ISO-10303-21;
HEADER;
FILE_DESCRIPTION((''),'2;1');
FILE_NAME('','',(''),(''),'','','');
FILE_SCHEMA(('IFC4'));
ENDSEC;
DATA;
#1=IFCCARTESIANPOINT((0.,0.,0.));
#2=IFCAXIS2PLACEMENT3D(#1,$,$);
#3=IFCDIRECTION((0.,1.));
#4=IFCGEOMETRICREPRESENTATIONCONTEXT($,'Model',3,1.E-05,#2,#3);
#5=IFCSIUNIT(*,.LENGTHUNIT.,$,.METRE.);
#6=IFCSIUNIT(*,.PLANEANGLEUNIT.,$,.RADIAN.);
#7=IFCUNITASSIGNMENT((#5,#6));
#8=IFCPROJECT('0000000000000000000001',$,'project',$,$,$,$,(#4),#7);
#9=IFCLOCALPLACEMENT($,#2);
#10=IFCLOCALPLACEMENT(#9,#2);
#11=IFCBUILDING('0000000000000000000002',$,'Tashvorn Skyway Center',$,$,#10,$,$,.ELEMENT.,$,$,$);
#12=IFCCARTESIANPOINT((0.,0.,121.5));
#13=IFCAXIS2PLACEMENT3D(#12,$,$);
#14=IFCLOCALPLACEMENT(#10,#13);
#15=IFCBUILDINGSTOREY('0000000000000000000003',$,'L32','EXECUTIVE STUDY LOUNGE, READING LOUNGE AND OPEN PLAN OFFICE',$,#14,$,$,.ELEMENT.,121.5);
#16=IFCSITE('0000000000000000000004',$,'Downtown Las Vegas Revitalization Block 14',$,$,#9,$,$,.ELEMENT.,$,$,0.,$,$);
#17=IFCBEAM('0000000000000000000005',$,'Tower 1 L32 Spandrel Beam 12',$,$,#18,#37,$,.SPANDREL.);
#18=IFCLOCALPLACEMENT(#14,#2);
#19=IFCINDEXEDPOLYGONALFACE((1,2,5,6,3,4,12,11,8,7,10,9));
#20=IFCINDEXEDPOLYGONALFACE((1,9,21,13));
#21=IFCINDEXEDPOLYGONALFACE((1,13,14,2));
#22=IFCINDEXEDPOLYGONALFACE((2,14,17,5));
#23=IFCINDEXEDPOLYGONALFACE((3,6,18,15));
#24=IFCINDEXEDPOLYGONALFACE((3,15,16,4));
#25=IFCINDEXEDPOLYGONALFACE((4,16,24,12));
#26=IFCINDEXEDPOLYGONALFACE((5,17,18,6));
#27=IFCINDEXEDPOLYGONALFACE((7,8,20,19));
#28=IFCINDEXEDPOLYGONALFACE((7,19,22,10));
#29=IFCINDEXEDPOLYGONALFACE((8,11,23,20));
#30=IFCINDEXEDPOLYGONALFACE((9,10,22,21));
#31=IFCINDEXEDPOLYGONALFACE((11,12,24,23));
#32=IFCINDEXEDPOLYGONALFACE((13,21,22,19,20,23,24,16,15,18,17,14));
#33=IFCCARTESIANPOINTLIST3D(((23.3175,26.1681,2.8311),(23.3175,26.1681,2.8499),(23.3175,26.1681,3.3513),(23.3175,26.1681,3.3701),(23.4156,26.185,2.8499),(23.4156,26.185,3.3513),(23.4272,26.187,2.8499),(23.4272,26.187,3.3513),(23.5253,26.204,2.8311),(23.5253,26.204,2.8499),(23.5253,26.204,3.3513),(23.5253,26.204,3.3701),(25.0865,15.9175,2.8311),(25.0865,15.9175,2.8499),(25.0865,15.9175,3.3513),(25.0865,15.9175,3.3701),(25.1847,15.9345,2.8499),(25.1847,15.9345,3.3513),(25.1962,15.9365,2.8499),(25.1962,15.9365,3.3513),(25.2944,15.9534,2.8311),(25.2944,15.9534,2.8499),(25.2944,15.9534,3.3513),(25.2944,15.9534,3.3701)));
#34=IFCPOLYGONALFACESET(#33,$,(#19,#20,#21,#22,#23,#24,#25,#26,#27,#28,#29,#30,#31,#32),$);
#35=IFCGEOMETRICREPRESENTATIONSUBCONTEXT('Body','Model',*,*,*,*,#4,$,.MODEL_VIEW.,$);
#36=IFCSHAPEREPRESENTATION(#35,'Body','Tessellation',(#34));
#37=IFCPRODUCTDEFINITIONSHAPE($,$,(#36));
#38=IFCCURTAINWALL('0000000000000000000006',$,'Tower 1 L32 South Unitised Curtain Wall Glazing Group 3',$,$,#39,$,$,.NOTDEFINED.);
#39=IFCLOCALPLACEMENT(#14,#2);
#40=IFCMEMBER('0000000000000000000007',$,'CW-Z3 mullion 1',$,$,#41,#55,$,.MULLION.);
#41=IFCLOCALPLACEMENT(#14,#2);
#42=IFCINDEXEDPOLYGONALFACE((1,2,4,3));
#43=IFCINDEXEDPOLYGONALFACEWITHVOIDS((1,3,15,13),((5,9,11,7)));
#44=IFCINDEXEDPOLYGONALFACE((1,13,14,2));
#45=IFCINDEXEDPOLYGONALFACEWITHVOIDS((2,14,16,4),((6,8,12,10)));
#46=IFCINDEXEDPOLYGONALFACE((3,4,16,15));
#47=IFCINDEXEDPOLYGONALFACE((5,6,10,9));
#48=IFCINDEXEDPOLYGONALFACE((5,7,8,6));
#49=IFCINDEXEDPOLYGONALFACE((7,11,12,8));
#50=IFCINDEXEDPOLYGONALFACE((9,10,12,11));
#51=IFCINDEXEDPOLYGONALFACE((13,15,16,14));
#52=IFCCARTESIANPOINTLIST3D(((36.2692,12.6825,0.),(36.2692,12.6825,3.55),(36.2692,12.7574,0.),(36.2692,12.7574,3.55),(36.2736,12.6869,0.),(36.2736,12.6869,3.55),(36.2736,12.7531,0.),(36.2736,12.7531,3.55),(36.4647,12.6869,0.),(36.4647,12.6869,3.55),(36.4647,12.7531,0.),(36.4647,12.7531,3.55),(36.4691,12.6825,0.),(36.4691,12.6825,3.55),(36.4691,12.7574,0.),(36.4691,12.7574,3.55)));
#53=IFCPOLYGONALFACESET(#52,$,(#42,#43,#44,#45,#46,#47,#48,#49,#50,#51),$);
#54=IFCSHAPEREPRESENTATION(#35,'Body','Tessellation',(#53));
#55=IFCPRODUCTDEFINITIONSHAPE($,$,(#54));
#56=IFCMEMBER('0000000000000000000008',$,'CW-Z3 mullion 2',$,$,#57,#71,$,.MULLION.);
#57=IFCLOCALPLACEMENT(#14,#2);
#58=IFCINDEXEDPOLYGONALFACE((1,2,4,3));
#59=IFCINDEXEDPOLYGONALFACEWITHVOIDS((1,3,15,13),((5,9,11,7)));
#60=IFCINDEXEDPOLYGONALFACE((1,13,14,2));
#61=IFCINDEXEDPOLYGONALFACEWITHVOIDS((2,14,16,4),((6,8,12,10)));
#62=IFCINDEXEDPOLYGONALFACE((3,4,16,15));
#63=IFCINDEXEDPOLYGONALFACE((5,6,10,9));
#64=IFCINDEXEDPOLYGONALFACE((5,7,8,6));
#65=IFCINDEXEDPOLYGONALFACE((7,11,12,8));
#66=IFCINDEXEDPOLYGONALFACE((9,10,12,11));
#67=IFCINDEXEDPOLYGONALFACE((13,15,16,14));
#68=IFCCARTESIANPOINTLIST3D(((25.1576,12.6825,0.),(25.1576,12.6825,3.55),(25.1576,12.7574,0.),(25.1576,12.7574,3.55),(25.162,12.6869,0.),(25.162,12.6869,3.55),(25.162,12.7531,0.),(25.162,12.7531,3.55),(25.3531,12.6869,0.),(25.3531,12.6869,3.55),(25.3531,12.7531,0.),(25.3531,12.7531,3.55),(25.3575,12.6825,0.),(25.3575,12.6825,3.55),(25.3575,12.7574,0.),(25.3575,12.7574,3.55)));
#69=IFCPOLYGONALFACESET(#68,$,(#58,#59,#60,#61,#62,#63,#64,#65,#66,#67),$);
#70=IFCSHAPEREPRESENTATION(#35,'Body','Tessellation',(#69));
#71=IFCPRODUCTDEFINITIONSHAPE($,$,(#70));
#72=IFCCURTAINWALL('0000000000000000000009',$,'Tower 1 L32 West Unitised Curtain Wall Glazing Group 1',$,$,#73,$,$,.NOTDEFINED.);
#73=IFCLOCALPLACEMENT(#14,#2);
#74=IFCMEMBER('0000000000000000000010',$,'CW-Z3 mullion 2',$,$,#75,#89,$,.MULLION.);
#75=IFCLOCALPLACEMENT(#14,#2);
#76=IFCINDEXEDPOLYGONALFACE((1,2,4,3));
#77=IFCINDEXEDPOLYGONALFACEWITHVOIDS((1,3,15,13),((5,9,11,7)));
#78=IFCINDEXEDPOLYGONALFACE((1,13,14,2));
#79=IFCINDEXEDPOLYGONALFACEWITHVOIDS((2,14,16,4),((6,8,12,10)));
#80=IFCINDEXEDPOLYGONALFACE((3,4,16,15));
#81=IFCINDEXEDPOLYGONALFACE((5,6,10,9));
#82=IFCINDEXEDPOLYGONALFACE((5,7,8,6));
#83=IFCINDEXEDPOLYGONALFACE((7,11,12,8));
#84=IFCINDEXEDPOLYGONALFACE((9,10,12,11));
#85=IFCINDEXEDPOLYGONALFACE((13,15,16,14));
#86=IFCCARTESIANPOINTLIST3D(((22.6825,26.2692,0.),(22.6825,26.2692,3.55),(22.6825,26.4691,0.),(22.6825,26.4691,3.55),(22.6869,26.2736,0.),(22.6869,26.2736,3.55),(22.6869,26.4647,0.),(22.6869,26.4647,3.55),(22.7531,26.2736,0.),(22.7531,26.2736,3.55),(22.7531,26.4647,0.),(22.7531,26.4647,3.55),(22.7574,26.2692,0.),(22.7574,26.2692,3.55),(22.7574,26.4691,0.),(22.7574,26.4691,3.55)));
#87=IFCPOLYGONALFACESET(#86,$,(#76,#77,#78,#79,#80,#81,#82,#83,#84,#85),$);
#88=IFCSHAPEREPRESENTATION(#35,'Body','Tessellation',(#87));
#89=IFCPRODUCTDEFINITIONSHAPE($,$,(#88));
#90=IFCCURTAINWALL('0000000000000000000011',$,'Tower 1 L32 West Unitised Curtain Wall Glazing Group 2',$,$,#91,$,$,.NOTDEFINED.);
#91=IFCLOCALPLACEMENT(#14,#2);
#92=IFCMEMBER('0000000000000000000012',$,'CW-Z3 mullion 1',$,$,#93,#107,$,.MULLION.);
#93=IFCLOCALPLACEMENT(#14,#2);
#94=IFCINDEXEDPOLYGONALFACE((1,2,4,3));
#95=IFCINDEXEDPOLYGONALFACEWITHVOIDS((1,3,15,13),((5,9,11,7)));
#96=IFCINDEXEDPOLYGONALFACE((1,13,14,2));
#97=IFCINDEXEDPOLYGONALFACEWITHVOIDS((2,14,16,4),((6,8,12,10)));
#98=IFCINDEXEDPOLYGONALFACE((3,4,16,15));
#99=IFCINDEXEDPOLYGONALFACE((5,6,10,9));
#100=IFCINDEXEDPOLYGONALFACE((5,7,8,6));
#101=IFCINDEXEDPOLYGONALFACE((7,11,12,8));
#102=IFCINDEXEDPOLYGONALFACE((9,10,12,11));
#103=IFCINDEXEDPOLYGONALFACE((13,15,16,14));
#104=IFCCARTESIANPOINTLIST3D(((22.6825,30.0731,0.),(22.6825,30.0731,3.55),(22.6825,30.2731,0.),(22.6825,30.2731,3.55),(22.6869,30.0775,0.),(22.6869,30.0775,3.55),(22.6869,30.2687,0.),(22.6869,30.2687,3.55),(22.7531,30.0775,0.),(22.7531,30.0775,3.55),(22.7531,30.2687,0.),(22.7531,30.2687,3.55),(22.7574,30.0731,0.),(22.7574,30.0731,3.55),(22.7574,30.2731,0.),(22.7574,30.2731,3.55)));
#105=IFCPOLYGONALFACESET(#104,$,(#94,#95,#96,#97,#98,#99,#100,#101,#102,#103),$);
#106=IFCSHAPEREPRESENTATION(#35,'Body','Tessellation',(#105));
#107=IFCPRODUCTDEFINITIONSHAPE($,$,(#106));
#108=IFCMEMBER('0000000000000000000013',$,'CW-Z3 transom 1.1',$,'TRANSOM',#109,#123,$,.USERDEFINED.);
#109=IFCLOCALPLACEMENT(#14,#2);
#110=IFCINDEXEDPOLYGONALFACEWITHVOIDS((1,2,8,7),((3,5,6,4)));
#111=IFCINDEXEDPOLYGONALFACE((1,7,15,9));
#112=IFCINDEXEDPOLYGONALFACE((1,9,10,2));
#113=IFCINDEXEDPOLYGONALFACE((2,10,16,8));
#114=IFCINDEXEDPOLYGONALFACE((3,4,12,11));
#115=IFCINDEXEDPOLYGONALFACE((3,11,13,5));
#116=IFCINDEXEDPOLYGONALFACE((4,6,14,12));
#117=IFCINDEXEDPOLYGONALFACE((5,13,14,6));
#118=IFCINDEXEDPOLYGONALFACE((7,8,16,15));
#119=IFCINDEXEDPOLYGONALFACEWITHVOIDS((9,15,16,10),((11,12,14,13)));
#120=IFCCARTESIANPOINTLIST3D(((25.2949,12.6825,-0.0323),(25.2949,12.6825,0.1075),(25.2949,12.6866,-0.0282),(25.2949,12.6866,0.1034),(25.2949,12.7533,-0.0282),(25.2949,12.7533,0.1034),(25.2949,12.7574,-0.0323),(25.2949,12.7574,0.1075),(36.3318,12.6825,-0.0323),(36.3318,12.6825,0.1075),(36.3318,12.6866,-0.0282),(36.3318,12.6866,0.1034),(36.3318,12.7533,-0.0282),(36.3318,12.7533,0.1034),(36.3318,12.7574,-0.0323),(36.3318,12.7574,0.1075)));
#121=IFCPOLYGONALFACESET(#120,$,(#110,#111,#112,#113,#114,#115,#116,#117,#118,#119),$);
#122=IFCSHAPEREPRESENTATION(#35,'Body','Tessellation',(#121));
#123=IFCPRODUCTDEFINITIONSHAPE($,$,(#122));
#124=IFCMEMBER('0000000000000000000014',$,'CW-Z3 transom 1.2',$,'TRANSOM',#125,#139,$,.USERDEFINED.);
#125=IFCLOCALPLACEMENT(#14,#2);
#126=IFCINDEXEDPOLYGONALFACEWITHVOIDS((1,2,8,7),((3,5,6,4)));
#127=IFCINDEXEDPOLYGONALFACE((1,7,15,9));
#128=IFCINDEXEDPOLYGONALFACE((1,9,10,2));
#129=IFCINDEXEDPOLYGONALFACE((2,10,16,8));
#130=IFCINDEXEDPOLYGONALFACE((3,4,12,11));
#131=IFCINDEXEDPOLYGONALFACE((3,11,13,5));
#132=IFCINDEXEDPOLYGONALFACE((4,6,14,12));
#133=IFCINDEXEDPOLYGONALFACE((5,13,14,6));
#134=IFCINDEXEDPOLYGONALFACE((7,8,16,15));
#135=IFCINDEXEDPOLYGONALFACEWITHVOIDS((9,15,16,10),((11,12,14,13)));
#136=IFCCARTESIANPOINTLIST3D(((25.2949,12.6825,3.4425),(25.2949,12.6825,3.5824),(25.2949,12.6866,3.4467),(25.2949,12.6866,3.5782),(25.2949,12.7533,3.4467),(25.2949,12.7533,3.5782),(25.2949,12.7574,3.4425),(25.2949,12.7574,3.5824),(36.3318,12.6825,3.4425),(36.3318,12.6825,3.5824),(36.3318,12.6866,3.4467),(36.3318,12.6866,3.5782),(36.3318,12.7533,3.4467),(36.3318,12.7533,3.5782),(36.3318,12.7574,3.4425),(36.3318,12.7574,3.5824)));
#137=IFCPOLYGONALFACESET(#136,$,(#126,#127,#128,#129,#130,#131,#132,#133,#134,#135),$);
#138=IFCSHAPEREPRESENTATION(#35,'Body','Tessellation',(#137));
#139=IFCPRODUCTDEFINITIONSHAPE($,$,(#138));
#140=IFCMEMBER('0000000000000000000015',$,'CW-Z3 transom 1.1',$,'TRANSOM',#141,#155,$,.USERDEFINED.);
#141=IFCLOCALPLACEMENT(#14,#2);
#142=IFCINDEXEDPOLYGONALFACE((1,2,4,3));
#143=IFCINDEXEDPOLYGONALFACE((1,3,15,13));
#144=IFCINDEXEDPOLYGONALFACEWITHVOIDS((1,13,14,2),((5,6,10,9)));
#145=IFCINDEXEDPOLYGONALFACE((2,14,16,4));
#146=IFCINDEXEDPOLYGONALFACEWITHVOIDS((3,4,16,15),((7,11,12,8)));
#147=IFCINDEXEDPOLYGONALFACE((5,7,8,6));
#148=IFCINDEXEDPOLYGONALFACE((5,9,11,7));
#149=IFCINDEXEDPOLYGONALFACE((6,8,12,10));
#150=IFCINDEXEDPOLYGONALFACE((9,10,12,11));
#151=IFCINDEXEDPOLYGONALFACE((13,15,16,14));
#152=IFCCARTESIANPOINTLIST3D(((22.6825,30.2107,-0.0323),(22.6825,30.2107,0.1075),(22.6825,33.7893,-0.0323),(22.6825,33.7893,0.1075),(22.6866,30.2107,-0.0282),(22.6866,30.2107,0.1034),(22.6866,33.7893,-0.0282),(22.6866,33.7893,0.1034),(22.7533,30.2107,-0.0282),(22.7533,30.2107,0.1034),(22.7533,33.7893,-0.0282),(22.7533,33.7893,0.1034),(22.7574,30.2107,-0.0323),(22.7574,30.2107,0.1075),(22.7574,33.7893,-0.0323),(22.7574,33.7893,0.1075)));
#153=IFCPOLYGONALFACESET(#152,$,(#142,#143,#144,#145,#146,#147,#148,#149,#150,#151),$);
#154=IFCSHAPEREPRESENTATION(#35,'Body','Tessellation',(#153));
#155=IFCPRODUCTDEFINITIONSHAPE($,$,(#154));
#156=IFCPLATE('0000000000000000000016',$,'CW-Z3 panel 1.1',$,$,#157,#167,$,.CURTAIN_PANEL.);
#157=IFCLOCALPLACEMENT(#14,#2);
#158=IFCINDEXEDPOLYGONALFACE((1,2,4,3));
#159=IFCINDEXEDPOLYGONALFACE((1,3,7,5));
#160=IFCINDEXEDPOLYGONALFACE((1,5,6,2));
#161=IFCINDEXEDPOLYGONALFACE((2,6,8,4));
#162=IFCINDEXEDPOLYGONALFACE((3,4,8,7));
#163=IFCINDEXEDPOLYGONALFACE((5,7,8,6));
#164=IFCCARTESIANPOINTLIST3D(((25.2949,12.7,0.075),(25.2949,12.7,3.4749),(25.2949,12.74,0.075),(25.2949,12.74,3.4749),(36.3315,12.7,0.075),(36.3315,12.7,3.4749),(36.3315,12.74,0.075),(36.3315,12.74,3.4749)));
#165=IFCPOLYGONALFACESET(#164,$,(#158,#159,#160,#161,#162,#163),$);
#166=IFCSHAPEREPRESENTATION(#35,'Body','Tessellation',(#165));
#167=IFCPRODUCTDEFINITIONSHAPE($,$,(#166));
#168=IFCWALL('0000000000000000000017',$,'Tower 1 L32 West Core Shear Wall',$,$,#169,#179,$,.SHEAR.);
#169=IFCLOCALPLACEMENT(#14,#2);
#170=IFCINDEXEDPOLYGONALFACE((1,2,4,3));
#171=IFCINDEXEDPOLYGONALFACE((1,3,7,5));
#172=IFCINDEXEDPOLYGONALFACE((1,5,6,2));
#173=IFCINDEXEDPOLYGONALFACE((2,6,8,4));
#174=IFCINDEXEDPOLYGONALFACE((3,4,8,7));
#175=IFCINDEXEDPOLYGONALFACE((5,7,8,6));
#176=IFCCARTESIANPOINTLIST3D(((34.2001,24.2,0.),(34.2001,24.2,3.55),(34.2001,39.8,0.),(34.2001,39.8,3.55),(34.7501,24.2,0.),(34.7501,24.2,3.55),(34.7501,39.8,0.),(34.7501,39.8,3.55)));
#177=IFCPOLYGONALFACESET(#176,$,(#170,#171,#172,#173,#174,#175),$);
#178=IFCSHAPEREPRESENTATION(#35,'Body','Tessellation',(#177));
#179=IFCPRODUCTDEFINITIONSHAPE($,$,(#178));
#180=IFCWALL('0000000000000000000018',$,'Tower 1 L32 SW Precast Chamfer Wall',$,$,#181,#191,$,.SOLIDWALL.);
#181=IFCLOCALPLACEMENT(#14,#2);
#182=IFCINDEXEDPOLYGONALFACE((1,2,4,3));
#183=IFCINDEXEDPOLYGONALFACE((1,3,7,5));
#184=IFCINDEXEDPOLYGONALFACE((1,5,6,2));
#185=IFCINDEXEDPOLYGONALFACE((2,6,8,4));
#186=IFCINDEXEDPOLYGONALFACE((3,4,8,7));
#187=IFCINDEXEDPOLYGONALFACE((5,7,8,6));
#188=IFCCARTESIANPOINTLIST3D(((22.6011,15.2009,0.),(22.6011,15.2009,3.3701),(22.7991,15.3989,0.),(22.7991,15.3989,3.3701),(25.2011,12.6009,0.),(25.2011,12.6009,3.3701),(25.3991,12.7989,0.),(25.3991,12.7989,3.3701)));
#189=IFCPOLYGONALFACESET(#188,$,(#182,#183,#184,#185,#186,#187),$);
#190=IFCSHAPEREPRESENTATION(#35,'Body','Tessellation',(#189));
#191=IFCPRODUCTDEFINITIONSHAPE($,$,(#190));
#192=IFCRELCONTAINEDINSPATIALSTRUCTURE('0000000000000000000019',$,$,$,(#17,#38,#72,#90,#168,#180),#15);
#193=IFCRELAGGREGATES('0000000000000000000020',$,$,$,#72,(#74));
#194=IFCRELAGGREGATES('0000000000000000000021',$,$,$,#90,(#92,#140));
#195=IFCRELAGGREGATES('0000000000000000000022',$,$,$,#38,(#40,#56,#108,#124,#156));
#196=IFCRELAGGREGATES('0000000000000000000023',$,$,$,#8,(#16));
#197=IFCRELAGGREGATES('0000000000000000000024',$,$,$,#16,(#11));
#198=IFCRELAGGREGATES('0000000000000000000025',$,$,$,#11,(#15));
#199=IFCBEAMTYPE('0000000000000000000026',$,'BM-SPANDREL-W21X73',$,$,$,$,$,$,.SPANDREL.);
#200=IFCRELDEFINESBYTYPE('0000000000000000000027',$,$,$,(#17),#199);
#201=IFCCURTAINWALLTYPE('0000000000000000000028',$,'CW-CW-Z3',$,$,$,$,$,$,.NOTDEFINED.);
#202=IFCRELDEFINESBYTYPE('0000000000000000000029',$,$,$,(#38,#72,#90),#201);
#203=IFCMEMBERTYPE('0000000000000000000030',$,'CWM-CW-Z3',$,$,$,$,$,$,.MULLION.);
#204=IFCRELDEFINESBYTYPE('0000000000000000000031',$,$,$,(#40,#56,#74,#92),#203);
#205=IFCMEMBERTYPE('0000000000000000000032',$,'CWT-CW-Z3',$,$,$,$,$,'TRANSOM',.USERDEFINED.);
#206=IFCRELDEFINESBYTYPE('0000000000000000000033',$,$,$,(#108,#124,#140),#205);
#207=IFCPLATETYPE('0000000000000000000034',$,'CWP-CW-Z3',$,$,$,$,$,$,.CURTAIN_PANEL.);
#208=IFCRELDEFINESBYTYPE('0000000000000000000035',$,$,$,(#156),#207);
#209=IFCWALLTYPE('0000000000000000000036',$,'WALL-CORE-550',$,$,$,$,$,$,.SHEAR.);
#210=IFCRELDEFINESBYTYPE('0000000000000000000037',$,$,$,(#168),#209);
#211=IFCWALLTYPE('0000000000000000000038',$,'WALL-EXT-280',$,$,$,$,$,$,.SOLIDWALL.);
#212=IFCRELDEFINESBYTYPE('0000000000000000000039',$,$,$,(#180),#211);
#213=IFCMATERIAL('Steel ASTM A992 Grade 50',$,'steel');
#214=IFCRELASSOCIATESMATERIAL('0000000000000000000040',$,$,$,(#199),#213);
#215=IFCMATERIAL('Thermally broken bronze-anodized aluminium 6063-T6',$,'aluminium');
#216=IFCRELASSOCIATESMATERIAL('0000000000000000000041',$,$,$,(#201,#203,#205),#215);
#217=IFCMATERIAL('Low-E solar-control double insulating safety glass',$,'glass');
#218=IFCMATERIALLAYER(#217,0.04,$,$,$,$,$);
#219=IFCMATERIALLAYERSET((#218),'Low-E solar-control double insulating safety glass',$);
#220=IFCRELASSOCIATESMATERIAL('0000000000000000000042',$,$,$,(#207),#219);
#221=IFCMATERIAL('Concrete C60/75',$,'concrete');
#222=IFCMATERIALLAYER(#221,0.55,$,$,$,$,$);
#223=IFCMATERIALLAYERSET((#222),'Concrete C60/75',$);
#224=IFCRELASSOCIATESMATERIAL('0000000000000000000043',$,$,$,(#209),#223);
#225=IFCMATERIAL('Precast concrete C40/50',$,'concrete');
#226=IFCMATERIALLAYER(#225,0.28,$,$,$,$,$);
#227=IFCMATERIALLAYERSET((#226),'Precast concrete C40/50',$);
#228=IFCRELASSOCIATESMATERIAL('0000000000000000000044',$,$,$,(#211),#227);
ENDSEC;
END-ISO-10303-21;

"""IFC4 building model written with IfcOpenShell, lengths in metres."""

from ifc_helpers import new_model, si_unit, direction, frame, frame_2d, origin, origin_2d, place, context, subcontext, project, spatial, rectangle, hollow_rectangle, i_section, extrude, material, layer, layer_set, material_profile, profile_set, type_object, element, aggregate, save


model = new_model("IFC4")

# Units and contexts
model_context = context("Model", 3, precision=1e-05, world=origin(), true_north=direction((0.0, 1.0)))
body_context = subcontext(model_context, "Body", "Model", "MODEL_VIEW")
ifc_project = project(units=[si_unit("LENGTHUNIT", "METRE"), si_unit("PLANEANGLEUNIT", "RADIAN")], contexts=[model_context])

# Site, building, storey
site_placement = place(None, origin())
site = spatial("IfcSite", under=ifc_project, at=site_placement, Name="Downtown Las Vegas Revitalization Block 14", CompositionType="ELEMENT", RefElevation=0.0)
building_placement = place(site_placement, origin())
building = spatial("IfcBuilding", under=site, at=building_placement, Name="Tashvorn Skyway Center", CompositionType="ELEMENT")
storey_placement = place(building_placement, frame((0.0, 0.0, 121.5)))
storey = spatial("IfcBuildingStorey", under=building, at=storey_placement, Name="L32", Description="EXECUTIVE STUDY LOUNGE, READING LOUNGE AND OPEN PLAN OFFICE", CompositionType="ELEMENT", Elevation=121.5)

# Beam
ifc_material_1 = material(Name="Steel ASTM A992 Grade 50", Category="steel")
ifc_material_profile_1 = material_profile(ifc_material_1, i_section(OverallWidth=0.2109, OverallDepth=0.5391, WebThickness=0.0117, FlangeThickness=0.0188, at=origin_2d()), Name="W21X73")
ifc_profile_set_1 = profile_set([ifc_material_profile_1], Name="Steel ASTM A992 Grade 50")
beam_type_1 = type_object("IfcBeamType", Name="BM-SPANDREL-W21X73", PredefinedType="SPANDREL", material=ifc_profile_set_1)
beam_1_placement = place(storey_placement, frame((23.4214, 26.186, 3.1006), z_axis=(0.170067, -0.985432, 0.0), x_axis=(0.985432, 0.170067, 0.0)))
element("IfcBeam", 1, at=beam_1_placement, inside=storey, type_object=beam_type_1, Name="Tower 1 L32 Spandrel Beam 12", PredefinedType="SPANDREL", context=body_context, shape_type="SweptSolid", body=[
    extrude(i_section(OverallWidth=0.2109, OverallDepth=0.5391, WebThickness=0.0117, FlangeThickness=0.0188, at=origin_2d()), origin(), (0.0, 0.0, 1.0), 10.4021),
])

# Curtain wall, members
ifc_material_2 = material(Name="Thermally broken bronze-anodized aluminium 6063-T6", Category="aluminium")
curtain_wall_type = type_object("IfcCurtainWallType", Name="CW-CW-Z3", PredefinedType="NOTDEFINED", material=ifc_material_2)
curtain_wall_1_placement = place(storey_placement, origin())
curtain_wall_1 = element("IfcCurtainWall", 2, at=curtain_wall_1_placement, inside=storey, type_object=curtain_wall_type, Name="Tower 1 L32 South Unitised Curtain Wall Glazing Group 3", PredefinedType="NOTDEFINED")
ifc_material_profile_2 = material_profile(ifc_material_2, hollow_rectangle(XDim=0.075, YDim=0.2, WallThickness=0.0044, at=origin_2d()), Name="ALU-MULL-75x200")
ifc_profile_set_2 = profile_set([ifc_material_profile_2], Name="Thermally broken bronze-anodized aluminium 6063-T6")
member_type_1 = type_object("IfcMemberType", Name="CWM-CW-Z3", PredefinedType="MULLION", material=ifc_profile_set_2)
member_1_placement = place(storey_placement, frame((36.3691, 12.72, 0.0), z_axis=(0.0, 0.0, 1.0), x_axis=(0.0, -1.0, 0.0)))
member_1 = element("IfcMember", 3, at=member_1_placement, type_object=member_type_1, Name="CW-Z3 mullion 1", PredefinedType="MULLION", context=body_context, shape_type="SweptSolid", body=[
    extrude(hollow_rectangle(XDim=0.075, YDim=0.2, WallThickness=0.0044, at=origin_2d()), origin(), (0.0, 0.0, 1.0), 3.55),
])
member_2_placement = place(storey_placement, frame((25.2576, 12.72, 0.0), z_axis=(0.0, 0.0, 1.0), x_axis=(0.0, -1.0, 0.0)))
member_2 = element("IfcMember", 4, at=member_2_placement, type_object=member_type_1, Name="CW-Z3 mullion 2", PredefinedType="MULLION", context=body_context, shape_type="SweptSolid", body=[
    extrude(hollow_rectangle(XDim=0.075, YDim=0.2, WallThickness=0.0044, at=origin_2d()), origin(), (0.0, 0.0, 1.0), 3.55),
])

# Curtain walls, members
curtain_wall_2_placement = place(storey_placement, origin())
curtain_wall_2 = element("IfcCurtainWall", 5, at=curtain_wall_2_placement, inside=storey, type_object=curtain_wall_type, Name="Tower 1 L32 West Unitised Curtain Wall Glazing Group 1", PredefinedType="NOTDEFINED")
member_3_placement = place(storey_placement, frame((22.72, 26.3691, 0.0), z_axis=(0.0, 0.0, 1.0), x_axis=(-1.0, 0.0, 0.0)))
member_3 = element("IfcMember", 6, at=member_3_placement, type_object=member_type_1, Name="CW-Z3 mullion 2", PredefinedType="MULLION", context=body_context, shape_type="SweptSolid", body=[
    extrude(hollow_rectangle(XDim=0.075, YDim=0.2, WallThickness=0.0044, at=origin_2d()), origin(), (0.0, 0.0, 1.0), 3.55),
])
aggregate(curtain_wall_2, [member_3])
curtain_wall_3_placement = place(storey_placement, origin())
curtain_wall_3 = element("IfcCurtainWall", 7, at=curtain_wall_3_placement, inside=storey, type_object=curtain_wall_type, Name="Tower 1 L32 West Unitised Curtain Wall Glazing Group 2", PredefinedType="NOTDEFINED")
member_4_placement = place(storey_placement, frame((22.72, 30.1731, 0.0), z_axis=(0.0, 0.0, 1.0), x_axis=(-1.0, 0.0, 0.0)))
member_4 = element("IfcMember", 8, at=member_4_placement, type_object=member_type_1, Name="CW-Z3 mullion 1", PredefinedType="MULLION", context=body_context, shape_type="SweptSolid", body=[
    extrude(hollow_rectangle(XDim=0.075, YDim=0.2, WallThickness=0.0044, at=origin_2d()), origin(), (0.0, 0.0, 1.0), 3.55),
])

# Members
ifc_material_profile_3 = material_profile(ifc_material_2, hollow_rectangle(XDim=0.075, YDim=0.1399, WallThickness=0.0042, at=origin_2d()), Name="ALU-TRAN-75x140")
ifc_profile_set_3 = profile_set([ifc_material_profile_3], Name="Thermally broken bronze-anodized aluminium 6063-T6")
member_type_2 = type_object("IfcMemberType", Name="CWT-CW-Z3", ElementType="TRANSOM", PredefinedType="USERDEFINED", material=ifc_profile_set_3)
member_5_placement = place(storey_placement, frame((36.3318, 12.72, 0.0376), z_axis=(-1.0, 0.0, 0.0), x_axis=(0.0, -1.0, 0.0)))
member_5 = element("IfcMember", 9, at=member_5_placement, type_object=member_type_2, Name="CW-Z3 transom 1.1", ObjectType="TRANSOM", PredefinedType="USERDEFINED", context=body_context, shape_type="SweptSolid", body=[
    extrude(hollow_rectangle(XDim=0.075, YDim=0.1399, WallThickness=0.0042, at=origin_2d()), origin(), (0.0, 0.0, 1.0), 11.0369),
])
member_6_placement = place(storey_placement, frame((36.3318, 12.72, 3.5125), z_axis=(-1.0, 0.0, 0.0), x_axis=(0.0, -1.0, 0.0)))
member_6 = element("IfcMember", 10, at=member_6_placement, type_object=member_type_2, Name="CW-Z3 transom 1.2", ObjectType="TRANSOM", PredefinedType="USERDEFINED", context=body_context, shape_type="SweptSolid", body=[
    extrude(hollow_rectangle(XDim=0.075, YDim=0.1399, WallThickness=0.0042, at=origin_2d()), origin(), (0.0, 0.0, 1.0), 11.0369),
])
member_7_placement = place(storey_placement, frame((22.72, 30.2107, 0.0376), z_axis=(0.0, 1.0, 0.0), x_axis=(-1.0, 0.0, 0.0)))
member_7 = element("IfcMember", 11, at=member_7_placement, type_object=member_type_2, Name="CW-Z3 transom 1.1", ObjectType="TRANSOM", PredefinedType="USERDEFINED", context=body_context, shape_type="SweptSolid", body=[
    extrude(hollow_rectangle(XDim=0.075, YDim=0.1399, WallThickness=0.0042, at=origin_2d()), origin(), (0.0, 0.0, 1.0), 3.5786),
])
aggregate(curtain_wall_3, [member_4, member_7])

# Plate
ifc_material_3 = material(Name="Low-E solar-control double insulating safety glass", Category="glass")
ifc_layer_1 = layer(ifc_material_3, 0.04)
ifc_layer_set_1 = layer_set([ifc_layer_1], Name="Low-E solar-control double insulating safety glass")
plate_type = type_object("IfcPlateType", Name="CWP-CW-Z3", PredefinedType="CURTAIN_PANEL", material=ifc_layer_set_1)
plate_placement = place(storey_placement, frame((30.8132, 12.72, 0.075), z_axis=(0.0, 0.0, 1.0), x_axis=(-1.0, 0.0, 0.0)))
plate = element("IfcPlate", 12, at=plate_placement, type_object=plate_type, Name="CW-Z3 panel 1.1", PredefinedType="CURTAIN_PANEL", context=body_context, shape_type="SweptSolid", body=[
    extrude(rectangle(XDim=11.0366, YDim=0.04, at=origin_2d()), origin(), (0.0, 0.0, 1.0), 3.3999),
])
aggregate(curtain_wall_1, [member_1, member_2, member_5, member_6, plate])

# Walls
ifc_material_4 = material(Name="Concrete C60/75", Category="concrete")
ifc_layer_2 = layer(ifc_material_4, 0.55)
ifc_layer_set_2 = layer_set([ifc_layer_2], Name="Concrete C60/75")
wall_type_1 = type_object("IfcWallType", Name="WALL-CORE-550", PredefinedType="SHEAR", material=ifc_layer_set_2)
wall_1_placement = place(storey_placement, frame((34.4751, 24.2, 0.0), z_axis=(0.0, 0.0, 1.0), x_axis=(0.0, 1.0, 0.0)))
element("IfcWall", 13, at=wall_1_placement, inside=storey, type_object=wall_type_1, Name="Tower 1 L32 West Core Shear Wall", PredefinedType="SHEAR", context=body_context, shape_type="SweptSolid", body=[
    extrude(rectangle(XDim=15.6001, YDim=0.55, at=frame_2d((7.8, 0.0))), origin(), (0.0, 0.0, 1.0), 3.55),
])
ifc_material_5 = material(Name="Precast concrete C40/50", Category="concrete")
ifc_layer_3 = layer(ifc_material_5, 0.28)
ifc_layer_set_3 = layer_set([ifc_layer_3], Name="Precast concrete C40/50")
wall_type_2 = type_object("IfcWallType", Name="WALL-EXT-280", PredefinedType="SOLIDWALL", material=ifc_layer_set_3)
wall_2_placement = place(storey_placement, frame((25.3, 12.7, 0.0), z_axis=(0.0, 0.0, 1.0), x_axis=(-0.707107, 0.707107, 0.0)))
element("IfcWall", 14, at=wall_2_placement, inside=storey, type_object=wall_type_2, Name="Tower 1 L32 SW Precast Chamfer Wall", PredefinedType="SOLIDWALL", context=body_context, shape_type="SweptSolid", body=[
    extrude(rectangle(XDim=3.677, YDim=0.28, at=frame_2d((1.8384, 0.0))), origin(), (0.0, 0.0, 1.0), 3.3701),
])

save(model, "model.ifc")
